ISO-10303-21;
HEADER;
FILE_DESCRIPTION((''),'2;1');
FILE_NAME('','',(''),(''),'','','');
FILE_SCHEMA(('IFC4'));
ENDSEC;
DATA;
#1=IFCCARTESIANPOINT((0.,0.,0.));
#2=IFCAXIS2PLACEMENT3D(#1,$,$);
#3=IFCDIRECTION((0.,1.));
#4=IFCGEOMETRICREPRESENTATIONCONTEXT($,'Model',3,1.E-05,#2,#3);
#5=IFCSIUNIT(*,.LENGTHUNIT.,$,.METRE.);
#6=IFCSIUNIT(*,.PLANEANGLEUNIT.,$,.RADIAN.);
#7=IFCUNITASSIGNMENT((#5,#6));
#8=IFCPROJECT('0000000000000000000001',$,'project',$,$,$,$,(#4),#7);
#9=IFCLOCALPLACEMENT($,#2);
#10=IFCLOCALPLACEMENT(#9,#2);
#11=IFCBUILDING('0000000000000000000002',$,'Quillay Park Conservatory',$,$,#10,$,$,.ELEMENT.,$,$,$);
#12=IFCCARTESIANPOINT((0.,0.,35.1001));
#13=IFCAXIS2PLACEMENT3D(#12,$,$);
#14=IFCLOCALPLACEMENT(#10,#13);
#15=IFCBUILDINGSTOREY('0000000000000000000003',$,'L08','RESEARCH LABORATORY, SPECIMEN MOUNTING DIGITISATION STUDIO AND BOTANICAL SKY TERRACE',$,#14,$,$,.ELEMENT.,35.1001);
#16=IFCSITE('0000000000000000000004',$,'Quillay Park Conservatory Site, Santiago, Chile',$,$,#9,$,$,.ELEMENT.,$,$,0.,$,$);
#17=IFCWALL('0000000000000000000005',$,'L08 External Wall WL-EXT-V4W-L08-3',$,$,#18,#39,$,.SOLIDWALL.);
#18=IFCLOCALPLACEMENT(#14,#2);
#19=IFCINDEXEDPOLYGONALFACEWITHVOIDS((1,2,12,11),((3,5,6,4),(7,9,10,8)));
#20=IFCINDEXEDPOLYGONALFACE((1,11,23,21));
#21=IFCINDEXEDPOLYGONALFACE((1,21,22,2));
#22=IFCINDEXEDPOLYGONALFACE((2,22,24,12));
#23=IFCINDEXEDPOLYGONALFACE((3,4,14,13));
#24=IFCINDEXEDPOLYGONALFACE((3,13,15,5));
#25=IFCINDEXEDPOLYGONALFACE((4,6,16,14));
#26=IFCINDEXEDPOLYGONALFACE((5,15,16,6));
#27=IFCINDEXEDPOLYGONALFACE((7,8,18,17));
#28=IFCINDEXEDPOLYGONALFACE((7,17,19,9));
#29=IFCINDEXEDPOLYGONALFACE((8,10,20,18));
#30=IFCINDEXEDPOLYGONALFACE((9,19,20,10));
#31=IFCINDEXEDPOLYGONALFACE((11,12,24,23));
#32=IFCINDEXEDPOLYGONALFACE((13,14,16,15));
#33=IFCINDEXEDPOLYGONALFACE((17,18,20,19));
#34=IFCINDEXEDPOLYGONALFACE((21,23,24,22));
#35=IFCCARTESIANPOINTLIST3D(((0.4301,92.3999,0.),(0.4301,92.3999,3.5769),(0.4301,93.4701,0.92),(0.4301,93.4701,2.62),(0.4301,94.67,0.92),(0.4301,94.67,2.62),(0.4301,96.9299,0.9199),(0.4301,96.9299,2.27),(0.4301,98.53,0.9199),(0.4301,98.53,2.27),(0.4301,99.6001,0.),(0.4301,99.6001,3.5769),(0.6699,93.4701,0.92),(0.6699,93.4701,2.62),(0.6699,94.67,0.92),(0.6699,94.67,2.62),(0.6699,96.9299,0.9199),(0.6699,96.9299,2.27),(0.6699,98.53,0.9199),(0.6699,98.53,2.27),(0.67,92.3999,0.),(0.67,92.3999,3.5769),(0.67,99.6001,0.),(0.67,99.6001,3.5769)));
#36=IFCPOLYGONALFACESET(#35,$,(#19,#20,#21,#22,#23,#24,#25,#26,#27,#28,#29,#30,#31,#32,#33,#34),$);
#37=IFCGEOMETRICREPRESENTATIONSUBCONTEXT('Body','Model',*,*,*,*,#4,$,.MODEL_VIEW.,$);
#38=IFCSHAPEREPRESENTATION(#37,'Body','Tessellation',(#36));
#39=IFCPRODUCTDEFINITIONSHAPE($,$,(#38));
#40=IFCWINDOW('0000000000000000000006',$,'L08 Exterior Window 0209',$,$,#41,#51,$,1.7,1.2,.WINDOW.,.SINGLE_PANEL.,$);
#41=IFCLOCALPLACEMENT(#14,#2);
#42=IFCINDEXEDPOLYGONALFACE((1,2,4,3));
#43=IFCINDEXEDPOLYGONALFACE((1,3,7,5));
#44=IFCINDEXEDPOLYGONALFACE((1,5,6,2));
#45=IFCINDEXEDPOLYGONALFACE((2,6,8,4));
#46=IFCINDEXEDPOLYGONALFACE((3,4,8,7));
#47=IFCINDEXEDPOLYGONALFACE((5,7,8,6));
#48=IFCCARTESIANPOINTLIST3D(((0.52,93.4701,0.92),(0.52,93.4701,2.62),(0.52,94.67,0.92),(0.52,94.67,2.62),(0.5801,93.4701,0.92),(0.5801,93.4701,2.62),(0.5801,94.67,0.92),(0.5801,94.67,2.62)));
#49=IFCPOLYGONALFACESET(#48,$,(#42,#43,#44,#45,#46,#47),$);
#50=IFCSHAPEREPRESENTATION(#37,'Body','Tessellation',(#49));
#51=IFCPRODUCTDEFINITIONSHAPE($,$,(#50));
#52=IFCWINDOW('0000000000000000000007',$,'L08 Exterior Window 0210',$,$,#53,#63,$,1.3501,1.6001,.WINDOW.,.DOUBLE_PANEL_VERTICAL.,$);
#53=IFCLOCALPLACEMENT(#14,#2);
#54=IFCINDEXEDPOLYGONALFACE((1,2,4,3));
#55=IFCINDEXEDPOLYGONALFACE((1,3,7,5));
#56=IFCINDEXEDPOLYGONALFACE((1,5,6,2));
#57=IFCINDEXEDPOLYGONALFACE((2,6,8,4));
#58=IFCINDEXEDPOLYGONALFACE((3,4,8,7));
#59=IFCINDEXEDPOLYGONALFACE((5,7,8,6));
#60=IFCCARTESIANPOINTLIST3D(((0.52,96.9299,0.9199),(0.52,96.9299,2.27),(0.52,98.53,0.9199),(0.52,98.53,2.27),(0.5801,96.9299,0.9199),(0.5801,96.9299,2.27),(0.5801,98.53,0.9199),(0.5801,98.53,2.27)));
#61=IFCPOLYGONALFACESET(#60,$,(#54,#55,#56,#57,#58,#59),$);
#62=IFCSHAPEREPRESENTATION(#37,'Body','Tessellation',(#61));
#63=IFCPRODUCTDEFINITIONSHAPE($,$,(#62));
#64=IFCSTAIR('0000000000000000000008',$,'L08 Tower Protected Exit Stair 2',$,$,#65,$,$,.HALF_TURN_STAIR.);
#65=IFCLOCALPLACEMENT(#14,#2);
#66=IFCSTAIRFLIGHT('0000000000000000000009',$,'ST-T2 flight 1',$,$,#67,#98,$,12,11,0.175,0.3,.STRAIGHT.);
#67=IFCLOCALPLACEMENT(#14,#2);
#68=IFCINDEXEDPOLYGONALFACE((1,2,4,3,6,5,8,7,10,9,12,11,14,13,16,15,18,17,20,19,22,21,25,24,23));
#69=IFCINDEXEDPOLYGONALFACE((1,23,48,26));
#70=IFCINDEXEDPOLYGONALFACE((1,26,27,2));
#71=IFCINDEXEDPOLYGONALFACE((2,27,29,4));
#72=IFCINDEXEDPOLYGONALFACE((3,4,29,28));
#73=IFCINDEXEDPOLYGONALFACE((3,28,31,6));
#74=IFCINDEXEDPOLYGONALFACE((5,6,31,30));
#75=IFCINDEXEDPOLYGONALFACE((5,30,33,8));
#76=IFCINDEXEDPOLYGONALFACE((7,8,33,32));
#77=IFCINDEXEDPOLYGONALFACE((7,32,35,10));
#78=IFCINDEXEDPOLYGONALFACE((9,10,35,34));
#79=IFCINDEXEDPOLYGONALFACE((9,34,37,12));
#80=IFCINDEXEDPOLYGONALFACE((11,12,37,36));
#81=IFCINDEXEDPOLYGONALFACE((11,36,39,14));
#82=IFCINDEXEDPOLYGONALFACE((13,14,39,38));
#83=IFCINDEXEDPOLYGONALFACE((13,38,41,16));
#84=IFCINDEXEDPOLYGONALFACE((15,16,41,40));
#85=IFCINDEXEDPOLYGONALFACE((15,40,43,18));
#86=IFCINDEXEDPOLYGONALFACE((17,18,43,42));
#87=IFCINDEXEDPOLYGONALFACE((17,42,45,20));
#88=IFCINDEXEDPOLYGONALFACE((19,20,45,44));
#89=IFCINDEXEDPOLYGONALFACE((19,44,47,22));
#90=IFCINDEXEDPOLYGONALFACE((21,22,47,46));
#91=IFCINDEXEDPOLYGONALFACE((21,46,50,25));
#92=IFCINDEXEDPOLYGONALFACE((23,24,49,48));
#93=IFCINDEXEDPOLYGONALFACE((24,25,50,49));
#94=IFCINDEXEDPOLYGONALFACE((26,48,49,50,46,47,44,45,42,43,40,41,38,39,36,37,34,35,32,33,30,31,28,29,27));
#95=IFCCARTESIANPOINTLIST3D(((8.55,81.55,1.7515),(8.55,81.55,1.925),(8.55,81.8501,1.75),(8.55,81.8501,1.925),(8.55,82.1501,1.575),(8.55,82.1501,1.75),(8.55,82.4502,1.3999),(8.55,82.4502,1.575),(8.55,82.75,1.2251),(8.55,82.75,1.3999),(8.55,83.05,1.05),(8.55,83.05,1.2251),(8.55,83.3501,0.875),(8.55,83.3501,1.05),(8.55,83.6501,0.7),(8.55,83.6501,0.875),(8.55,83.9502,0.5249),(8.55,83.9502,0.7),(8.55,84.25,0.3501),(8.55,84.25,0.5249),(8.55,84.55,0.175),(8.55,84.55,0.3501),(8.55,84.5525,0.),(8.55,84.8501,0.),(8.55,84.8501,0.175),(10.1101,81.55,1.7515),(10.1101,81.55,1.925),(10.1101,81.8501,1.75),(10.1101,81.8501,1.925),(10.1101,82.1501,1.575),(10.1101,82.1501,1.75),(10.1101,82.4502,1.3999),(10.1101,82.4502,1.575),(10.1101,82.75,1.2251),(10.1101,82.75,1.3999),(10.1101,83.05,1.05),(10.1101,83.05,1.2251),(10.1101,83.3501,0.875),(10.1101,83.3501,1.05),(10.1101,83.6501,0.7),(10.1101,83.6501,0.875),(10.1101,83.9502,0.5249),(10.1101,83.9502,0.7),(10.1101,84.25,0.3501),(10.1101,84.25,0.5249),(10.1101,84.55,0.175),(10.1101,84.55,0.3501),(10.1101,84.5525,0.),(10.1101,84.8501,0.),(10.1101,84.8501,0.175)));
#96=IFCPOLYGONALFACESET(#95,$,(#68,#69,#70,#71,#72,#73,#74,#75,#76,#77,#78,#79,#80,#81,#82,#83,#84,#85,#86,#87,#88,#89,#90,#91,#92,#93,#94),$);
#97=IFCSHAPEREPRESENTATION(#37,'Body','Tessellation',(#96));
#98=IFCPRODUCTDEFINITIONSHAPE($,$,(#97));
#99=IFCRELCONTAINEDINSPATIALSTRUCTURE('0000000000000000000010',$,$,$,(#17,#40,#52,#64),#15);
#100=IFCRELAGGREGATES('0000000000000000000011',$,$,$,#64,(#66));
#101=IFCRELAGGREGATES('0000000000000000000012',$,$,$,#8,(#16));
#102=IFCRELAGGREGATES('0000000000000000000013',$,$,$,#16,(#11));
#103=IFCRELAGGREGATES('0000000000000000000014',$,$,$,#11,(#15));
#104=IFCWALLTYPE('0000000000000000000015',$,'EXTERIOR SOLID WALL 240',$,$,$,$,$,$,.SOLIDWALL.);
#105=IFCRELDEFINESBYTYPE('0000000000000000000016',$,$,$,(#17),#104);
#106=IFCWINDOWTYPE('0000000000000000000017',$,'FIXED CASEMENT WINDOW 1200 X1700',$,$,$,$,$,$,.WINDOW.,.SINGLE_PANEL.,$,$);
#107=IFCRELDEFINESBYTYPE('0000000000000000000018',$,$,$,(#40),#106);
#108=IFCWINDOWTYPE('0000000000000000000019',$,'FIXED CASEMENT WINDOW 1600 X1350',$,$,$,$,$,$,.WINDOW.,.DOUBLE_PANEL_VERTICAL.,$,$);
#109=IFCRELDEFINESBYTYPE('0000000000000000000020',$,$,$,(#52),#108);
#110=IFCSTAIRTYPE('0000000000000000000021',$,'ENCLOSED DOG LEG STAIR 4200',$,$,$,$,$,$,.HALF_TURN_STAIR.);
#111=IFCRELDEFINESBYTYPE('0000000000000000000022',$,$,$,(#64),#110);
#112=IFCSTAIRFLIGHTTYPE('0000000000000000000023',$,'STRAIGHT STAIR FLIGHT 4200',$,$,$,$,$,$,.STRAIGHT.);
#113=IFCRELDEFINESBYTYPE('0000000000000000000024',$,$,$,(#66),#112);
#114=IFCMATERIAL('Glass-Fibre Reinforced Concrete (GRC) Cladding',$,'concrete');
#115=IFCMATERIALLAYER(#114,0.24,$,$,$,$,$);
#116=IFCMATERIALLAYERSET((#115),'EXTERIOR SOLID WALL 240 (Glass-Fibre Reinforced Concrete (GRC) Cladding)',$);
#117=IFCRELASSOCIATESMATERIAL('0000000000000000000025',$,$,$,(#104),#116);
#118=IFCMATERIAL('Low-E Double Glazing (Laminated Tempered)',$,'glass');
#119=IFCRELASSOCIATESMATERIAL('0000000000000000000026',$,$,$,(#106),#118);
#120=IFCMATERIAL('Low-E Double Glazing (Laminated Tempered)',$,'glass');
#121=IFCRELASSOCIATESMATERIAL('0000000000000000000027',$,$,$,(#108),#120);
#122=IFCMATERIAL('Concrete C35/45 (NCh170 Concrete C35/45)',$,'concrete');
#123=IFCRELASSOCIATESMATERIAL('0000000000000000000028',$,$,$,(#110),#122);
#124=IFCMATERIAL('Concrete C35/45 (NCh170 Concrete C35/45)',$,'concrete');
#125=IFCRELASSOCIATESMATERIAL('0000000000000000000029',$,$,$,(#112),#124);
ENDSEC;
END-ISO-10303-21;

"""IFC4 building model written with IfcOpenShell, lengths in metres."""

from ifc_helpers import new_model, si_unit, direction, frame, frame_2d, origin, place, context, subcontext, project, spatial, polyline, rectangle, outline, extrude, material, layer, layer_set, type_object, element, fill, aggregate, save


model = new_model("IFC4")

# Units and contexts
model_context = context("Model", 3, precision=1e-05, world=origin(), true_north=direction((0.0, 1.0)))
body_context = subcontext(model_context, "Body", "Model", "MODEL_VIEW")
ifc_project = project(units=[si_unit("LENGTHUNIT", "METRE"), si_unit("PLANEANGLEUNIT", "RADIAN")], contexts=[model_context])

# Site, building, storey
site_placement = place(None, origin())
site = spatial("IfcSite", under=ifc_project, at=site_placement, Name="Quillay Park Conservatory Site, Santiago, Chile", CompositionType="ELEMENT", RefElevation=0.0)
building_placement = place(site_placement, origin())
building = spatial("IfcBuilding", under=site, at=building_placement, Name="Quillay Park Conservatory", CompositionType="ELEMENT")
storey_placement = place(building_placement, frame((0.0, 0.0, 35.1001)))
storey = spatial("IfcBuildingStorey", under=building, at=storey_placement, Name="L08", Description="RESEARCH LABORATORY, SPECIMEN MOUNTING DIGITISATION STUDIO AND BOTANICAL SKY TERRACE", CompositionType="ELEMENT", Elevation=35.1001)

# Wall, openings, windows
ifc_material_1 = material(Name="Glass-Fibre Reinforced Concrete (GRC) Cladding", Category="concrete")
ifc_layer_1 = layer(ifc_material_1, 0.24)
ifc_layer_set_1 = layer_set([ifc_layer_1], Name="EXTERIOR SOLID WALL 240 (Glass-Fibre Reinforced Concrete (GRC) Cladding)")
wall_type_1 = type_object("IfcWallType", Name="EXTERIOR SOLID WALL 240", PredefinedType="SOLIDWALL", material=ifc_layer_set_1)
wall_1_placement = place(storey_placement, frame((0.55, 92.3999, 0.0), z_axis=(0.0, 0.0, 1.0), x_axis=(0.0, 1.0, 0.0)))
wall_1 = element("IfcWall", 1, at=wall_1_placement, inside=storey, type_object=wall_type_1, Name="L08 External Wall WL-EXT-V4W-L08-3", PredefinedType="SOLIDWALL", context=body_context, shape_type="SweptSolid", body=[
    extrude(rectangle(XDim=7.2002, YDim=0.24, at=frame_2d((3.6001, 0.0))), origin(), (0.0, 0.0, 1.0), 3.5769),
])
opening_1_placement = place(wall_1_placement, frame((1.0701, 0.0, 0.9199)))
opening_1 = element("IfcOpeningElement", 2, at=opening_1_placement, cuts=wall_1, PredefinedType="OPENING", context=body_context, shape_type="SweptSolid", body=[
    extrude(rectangle(XDim=1.2, YDim=1.7, at=frame_2d((0.6001, 0.8501))), frame((0.0, 0.1201, 0.0), z_axis=(0.0, -1.0, 0.0), x_axis=(1.0, 0.0, 0.0)), (0.0, 0.0, 1.0), 0.24),
])
opening_2_placement = place(wall_1_placement, frame((4.53, 0.0, 0.9199)))
opening_2 = element("IfcOpeningElement", 3, at=opening_2_placement, cuts=wall_1, PredefinedType="OPENING", context=body_context, shape_type="SweptSolid", body=[
    extrude(rectangle(XDim=1.6001, YDim=1.3501, at=frame_2d((0.8, 0.675))), frame((0.0, 0.1201, 0.0), z_axis=(0.0, -1.0, 0.0), x_axis=(1.0, 0.0, 0.0)), (0.0, 0.0, 1.0), 0.24),
])
ifc_material_2 = material(Name="Low-E Double Glazing (Laminated Tempered)", Category="glass")
window_type_1 = type_object("IfcWindowType", Name="FIXED CASEMENT WINDOW 1200 X1700", PartitioningType="SINGLE_PANEL", PredefinedType="WINDOW", material=ifc_material_2)
window_1_placement = place(opening_1_placement, origin())
window_1 = element("IfcWindow", 4, at=window_1_placement, inside=storey, type_object=window_type_1, Name="L08 Exterior Window 0209", OverallHeight=1.7, OverallWidth=1.2, PartitioningType="SINGLE_PANEL", PredefinedType="WINDOW", context=body_context, shape_type="SweptSolid", body=[
    extrude(rectangle(XDim=1.2, YDim=1.7, at=frame_2d((0.6001, 0.8501))), frame((0.0, 0.03, 0.0), z_axis=(0.0, -1.0, 0.0), x_axis=(1.0, 0.0, 0.0)), (0.0, 0.0, 1.0), 0.0601),
])
fill(opening_1, window_1)
ifc_material_3 = material(Name="Low-E Double Glazing (Laminated Tempered)", Category="glass")
window_type_2 = type_object("IfcWindowType", Name="FIXED CASEMENT WINDOW 1600 X1350", PartitioningType="DOUBLE_PANEL_VERTICAL", PredefinedType="WINDOW", material=ifc_material_3)
window_2_placement = place(opening_2_placement, origin())
window_2 = element("IfcWindow", 5, at=window_2_placement, inside=storey, type_object=window_type_2, Name="L08 Exterior Window 0210", OverallHeight=1.3501, OverallWidth=1.6001, PartitioningType="DOUBLE_PANEL_VERTICAL", PredefinedType="WINDOW", context=body_context, shape_type="SweptSolid", body=[
    extrude(rectangle(XDim=1.6001, YDim=1.3501, at=frame_2d((0.8, 0.675))), frame((0.0, 0.03, 0.0), z_axis=(0.0, -1.0, 0.0), x_axis=(1.0, 0.0, 0.0)), (0.0, 0.0, 1.0), 0.0601),
])
fill(opening_2, window_2)

# Stair, stair flight
ifc_material_4 = material(Name="Concrete C35/45 (NCh170 Concrete C35/45)", Category="concrete")
stair_type = type_object("IfcStairType", Name="ENCLOSED DOG LEG STAIR 4200", PredefinedType="HALF_TURN_STAIR", material=ifc_material_4)
stair_placement = place(storey_placement, origin())
stair = element("IfcStair", 6, at=stair_placement, inside=storey, type_object=stair_type, Name="L08 Tower Protected Exit Stair 2", PredefinedType="HALF_TURN_STAIR")
ifc_material_5 = material(Name="Concrete C35/45 (NCh170 Concrete C35/45)", Category="concrete")
stair_flight_type = type_object("IfcStairFlightType", Name="STRAIGHT STAIR FLIGHT 4200", PredefinedType="STRAIGHT", material=ifc_material_5)
stair_flight_placement = place(storey_placement, frame((9.3301, 84.8501, 0.0), z_axis=(0.0, 0.0, 1.0), x_axis=(0.0, -1.0, 0.0)))
stair_flight = element("IfcStairFlight", 7, at=stair_flight_placement, type_object=stair_flight_type, Name="ST-T2 flight 1", NumberOfRisers=12, NumberOfTreads=11, PredefinedType="STRAIGHT", RiserHeight=0.175, TreadLength=0.3, context=body_context, shape_type="SweptSolid", body=[
    extrude(outline(polyline([(0.0, 0.0), (0.0, 0.175), (0.3, 0.175), (0.3, 0.3501), (0.6001, 0.3501), (0.6001, 0.5249), (0.8999, 0.5249), (0.8999, 0.7), (1.2, 0.7), (1.2, 0.875), (1.5, 0.875), (1.5, 1.05), (1.8, 1.05), (1.8, 1.2251), (2.1001, 1.2251), (2.1001, 1.3999), (2.3999, 1.3999), (2.3999, 1.575), (2.7, 1.575), (2.7, 1.75), (3.0, 1.75), (3.0, 1.925), (3.3, 1.925), (3.3, 2.1001), (3.3, 1.7515), (0.2976, 0.0), (0.0, 0.0)])), frame((0.0, 0.78, 0.0), z_axis=(0.0, -1.0, 0.0), x_axis=(1.0, 0.0, 0.0)), (0.0, 0.0, 1.0), 1.5601),
])
aggregate(stair, [stair_flight])

save(model, "model.ifc")
